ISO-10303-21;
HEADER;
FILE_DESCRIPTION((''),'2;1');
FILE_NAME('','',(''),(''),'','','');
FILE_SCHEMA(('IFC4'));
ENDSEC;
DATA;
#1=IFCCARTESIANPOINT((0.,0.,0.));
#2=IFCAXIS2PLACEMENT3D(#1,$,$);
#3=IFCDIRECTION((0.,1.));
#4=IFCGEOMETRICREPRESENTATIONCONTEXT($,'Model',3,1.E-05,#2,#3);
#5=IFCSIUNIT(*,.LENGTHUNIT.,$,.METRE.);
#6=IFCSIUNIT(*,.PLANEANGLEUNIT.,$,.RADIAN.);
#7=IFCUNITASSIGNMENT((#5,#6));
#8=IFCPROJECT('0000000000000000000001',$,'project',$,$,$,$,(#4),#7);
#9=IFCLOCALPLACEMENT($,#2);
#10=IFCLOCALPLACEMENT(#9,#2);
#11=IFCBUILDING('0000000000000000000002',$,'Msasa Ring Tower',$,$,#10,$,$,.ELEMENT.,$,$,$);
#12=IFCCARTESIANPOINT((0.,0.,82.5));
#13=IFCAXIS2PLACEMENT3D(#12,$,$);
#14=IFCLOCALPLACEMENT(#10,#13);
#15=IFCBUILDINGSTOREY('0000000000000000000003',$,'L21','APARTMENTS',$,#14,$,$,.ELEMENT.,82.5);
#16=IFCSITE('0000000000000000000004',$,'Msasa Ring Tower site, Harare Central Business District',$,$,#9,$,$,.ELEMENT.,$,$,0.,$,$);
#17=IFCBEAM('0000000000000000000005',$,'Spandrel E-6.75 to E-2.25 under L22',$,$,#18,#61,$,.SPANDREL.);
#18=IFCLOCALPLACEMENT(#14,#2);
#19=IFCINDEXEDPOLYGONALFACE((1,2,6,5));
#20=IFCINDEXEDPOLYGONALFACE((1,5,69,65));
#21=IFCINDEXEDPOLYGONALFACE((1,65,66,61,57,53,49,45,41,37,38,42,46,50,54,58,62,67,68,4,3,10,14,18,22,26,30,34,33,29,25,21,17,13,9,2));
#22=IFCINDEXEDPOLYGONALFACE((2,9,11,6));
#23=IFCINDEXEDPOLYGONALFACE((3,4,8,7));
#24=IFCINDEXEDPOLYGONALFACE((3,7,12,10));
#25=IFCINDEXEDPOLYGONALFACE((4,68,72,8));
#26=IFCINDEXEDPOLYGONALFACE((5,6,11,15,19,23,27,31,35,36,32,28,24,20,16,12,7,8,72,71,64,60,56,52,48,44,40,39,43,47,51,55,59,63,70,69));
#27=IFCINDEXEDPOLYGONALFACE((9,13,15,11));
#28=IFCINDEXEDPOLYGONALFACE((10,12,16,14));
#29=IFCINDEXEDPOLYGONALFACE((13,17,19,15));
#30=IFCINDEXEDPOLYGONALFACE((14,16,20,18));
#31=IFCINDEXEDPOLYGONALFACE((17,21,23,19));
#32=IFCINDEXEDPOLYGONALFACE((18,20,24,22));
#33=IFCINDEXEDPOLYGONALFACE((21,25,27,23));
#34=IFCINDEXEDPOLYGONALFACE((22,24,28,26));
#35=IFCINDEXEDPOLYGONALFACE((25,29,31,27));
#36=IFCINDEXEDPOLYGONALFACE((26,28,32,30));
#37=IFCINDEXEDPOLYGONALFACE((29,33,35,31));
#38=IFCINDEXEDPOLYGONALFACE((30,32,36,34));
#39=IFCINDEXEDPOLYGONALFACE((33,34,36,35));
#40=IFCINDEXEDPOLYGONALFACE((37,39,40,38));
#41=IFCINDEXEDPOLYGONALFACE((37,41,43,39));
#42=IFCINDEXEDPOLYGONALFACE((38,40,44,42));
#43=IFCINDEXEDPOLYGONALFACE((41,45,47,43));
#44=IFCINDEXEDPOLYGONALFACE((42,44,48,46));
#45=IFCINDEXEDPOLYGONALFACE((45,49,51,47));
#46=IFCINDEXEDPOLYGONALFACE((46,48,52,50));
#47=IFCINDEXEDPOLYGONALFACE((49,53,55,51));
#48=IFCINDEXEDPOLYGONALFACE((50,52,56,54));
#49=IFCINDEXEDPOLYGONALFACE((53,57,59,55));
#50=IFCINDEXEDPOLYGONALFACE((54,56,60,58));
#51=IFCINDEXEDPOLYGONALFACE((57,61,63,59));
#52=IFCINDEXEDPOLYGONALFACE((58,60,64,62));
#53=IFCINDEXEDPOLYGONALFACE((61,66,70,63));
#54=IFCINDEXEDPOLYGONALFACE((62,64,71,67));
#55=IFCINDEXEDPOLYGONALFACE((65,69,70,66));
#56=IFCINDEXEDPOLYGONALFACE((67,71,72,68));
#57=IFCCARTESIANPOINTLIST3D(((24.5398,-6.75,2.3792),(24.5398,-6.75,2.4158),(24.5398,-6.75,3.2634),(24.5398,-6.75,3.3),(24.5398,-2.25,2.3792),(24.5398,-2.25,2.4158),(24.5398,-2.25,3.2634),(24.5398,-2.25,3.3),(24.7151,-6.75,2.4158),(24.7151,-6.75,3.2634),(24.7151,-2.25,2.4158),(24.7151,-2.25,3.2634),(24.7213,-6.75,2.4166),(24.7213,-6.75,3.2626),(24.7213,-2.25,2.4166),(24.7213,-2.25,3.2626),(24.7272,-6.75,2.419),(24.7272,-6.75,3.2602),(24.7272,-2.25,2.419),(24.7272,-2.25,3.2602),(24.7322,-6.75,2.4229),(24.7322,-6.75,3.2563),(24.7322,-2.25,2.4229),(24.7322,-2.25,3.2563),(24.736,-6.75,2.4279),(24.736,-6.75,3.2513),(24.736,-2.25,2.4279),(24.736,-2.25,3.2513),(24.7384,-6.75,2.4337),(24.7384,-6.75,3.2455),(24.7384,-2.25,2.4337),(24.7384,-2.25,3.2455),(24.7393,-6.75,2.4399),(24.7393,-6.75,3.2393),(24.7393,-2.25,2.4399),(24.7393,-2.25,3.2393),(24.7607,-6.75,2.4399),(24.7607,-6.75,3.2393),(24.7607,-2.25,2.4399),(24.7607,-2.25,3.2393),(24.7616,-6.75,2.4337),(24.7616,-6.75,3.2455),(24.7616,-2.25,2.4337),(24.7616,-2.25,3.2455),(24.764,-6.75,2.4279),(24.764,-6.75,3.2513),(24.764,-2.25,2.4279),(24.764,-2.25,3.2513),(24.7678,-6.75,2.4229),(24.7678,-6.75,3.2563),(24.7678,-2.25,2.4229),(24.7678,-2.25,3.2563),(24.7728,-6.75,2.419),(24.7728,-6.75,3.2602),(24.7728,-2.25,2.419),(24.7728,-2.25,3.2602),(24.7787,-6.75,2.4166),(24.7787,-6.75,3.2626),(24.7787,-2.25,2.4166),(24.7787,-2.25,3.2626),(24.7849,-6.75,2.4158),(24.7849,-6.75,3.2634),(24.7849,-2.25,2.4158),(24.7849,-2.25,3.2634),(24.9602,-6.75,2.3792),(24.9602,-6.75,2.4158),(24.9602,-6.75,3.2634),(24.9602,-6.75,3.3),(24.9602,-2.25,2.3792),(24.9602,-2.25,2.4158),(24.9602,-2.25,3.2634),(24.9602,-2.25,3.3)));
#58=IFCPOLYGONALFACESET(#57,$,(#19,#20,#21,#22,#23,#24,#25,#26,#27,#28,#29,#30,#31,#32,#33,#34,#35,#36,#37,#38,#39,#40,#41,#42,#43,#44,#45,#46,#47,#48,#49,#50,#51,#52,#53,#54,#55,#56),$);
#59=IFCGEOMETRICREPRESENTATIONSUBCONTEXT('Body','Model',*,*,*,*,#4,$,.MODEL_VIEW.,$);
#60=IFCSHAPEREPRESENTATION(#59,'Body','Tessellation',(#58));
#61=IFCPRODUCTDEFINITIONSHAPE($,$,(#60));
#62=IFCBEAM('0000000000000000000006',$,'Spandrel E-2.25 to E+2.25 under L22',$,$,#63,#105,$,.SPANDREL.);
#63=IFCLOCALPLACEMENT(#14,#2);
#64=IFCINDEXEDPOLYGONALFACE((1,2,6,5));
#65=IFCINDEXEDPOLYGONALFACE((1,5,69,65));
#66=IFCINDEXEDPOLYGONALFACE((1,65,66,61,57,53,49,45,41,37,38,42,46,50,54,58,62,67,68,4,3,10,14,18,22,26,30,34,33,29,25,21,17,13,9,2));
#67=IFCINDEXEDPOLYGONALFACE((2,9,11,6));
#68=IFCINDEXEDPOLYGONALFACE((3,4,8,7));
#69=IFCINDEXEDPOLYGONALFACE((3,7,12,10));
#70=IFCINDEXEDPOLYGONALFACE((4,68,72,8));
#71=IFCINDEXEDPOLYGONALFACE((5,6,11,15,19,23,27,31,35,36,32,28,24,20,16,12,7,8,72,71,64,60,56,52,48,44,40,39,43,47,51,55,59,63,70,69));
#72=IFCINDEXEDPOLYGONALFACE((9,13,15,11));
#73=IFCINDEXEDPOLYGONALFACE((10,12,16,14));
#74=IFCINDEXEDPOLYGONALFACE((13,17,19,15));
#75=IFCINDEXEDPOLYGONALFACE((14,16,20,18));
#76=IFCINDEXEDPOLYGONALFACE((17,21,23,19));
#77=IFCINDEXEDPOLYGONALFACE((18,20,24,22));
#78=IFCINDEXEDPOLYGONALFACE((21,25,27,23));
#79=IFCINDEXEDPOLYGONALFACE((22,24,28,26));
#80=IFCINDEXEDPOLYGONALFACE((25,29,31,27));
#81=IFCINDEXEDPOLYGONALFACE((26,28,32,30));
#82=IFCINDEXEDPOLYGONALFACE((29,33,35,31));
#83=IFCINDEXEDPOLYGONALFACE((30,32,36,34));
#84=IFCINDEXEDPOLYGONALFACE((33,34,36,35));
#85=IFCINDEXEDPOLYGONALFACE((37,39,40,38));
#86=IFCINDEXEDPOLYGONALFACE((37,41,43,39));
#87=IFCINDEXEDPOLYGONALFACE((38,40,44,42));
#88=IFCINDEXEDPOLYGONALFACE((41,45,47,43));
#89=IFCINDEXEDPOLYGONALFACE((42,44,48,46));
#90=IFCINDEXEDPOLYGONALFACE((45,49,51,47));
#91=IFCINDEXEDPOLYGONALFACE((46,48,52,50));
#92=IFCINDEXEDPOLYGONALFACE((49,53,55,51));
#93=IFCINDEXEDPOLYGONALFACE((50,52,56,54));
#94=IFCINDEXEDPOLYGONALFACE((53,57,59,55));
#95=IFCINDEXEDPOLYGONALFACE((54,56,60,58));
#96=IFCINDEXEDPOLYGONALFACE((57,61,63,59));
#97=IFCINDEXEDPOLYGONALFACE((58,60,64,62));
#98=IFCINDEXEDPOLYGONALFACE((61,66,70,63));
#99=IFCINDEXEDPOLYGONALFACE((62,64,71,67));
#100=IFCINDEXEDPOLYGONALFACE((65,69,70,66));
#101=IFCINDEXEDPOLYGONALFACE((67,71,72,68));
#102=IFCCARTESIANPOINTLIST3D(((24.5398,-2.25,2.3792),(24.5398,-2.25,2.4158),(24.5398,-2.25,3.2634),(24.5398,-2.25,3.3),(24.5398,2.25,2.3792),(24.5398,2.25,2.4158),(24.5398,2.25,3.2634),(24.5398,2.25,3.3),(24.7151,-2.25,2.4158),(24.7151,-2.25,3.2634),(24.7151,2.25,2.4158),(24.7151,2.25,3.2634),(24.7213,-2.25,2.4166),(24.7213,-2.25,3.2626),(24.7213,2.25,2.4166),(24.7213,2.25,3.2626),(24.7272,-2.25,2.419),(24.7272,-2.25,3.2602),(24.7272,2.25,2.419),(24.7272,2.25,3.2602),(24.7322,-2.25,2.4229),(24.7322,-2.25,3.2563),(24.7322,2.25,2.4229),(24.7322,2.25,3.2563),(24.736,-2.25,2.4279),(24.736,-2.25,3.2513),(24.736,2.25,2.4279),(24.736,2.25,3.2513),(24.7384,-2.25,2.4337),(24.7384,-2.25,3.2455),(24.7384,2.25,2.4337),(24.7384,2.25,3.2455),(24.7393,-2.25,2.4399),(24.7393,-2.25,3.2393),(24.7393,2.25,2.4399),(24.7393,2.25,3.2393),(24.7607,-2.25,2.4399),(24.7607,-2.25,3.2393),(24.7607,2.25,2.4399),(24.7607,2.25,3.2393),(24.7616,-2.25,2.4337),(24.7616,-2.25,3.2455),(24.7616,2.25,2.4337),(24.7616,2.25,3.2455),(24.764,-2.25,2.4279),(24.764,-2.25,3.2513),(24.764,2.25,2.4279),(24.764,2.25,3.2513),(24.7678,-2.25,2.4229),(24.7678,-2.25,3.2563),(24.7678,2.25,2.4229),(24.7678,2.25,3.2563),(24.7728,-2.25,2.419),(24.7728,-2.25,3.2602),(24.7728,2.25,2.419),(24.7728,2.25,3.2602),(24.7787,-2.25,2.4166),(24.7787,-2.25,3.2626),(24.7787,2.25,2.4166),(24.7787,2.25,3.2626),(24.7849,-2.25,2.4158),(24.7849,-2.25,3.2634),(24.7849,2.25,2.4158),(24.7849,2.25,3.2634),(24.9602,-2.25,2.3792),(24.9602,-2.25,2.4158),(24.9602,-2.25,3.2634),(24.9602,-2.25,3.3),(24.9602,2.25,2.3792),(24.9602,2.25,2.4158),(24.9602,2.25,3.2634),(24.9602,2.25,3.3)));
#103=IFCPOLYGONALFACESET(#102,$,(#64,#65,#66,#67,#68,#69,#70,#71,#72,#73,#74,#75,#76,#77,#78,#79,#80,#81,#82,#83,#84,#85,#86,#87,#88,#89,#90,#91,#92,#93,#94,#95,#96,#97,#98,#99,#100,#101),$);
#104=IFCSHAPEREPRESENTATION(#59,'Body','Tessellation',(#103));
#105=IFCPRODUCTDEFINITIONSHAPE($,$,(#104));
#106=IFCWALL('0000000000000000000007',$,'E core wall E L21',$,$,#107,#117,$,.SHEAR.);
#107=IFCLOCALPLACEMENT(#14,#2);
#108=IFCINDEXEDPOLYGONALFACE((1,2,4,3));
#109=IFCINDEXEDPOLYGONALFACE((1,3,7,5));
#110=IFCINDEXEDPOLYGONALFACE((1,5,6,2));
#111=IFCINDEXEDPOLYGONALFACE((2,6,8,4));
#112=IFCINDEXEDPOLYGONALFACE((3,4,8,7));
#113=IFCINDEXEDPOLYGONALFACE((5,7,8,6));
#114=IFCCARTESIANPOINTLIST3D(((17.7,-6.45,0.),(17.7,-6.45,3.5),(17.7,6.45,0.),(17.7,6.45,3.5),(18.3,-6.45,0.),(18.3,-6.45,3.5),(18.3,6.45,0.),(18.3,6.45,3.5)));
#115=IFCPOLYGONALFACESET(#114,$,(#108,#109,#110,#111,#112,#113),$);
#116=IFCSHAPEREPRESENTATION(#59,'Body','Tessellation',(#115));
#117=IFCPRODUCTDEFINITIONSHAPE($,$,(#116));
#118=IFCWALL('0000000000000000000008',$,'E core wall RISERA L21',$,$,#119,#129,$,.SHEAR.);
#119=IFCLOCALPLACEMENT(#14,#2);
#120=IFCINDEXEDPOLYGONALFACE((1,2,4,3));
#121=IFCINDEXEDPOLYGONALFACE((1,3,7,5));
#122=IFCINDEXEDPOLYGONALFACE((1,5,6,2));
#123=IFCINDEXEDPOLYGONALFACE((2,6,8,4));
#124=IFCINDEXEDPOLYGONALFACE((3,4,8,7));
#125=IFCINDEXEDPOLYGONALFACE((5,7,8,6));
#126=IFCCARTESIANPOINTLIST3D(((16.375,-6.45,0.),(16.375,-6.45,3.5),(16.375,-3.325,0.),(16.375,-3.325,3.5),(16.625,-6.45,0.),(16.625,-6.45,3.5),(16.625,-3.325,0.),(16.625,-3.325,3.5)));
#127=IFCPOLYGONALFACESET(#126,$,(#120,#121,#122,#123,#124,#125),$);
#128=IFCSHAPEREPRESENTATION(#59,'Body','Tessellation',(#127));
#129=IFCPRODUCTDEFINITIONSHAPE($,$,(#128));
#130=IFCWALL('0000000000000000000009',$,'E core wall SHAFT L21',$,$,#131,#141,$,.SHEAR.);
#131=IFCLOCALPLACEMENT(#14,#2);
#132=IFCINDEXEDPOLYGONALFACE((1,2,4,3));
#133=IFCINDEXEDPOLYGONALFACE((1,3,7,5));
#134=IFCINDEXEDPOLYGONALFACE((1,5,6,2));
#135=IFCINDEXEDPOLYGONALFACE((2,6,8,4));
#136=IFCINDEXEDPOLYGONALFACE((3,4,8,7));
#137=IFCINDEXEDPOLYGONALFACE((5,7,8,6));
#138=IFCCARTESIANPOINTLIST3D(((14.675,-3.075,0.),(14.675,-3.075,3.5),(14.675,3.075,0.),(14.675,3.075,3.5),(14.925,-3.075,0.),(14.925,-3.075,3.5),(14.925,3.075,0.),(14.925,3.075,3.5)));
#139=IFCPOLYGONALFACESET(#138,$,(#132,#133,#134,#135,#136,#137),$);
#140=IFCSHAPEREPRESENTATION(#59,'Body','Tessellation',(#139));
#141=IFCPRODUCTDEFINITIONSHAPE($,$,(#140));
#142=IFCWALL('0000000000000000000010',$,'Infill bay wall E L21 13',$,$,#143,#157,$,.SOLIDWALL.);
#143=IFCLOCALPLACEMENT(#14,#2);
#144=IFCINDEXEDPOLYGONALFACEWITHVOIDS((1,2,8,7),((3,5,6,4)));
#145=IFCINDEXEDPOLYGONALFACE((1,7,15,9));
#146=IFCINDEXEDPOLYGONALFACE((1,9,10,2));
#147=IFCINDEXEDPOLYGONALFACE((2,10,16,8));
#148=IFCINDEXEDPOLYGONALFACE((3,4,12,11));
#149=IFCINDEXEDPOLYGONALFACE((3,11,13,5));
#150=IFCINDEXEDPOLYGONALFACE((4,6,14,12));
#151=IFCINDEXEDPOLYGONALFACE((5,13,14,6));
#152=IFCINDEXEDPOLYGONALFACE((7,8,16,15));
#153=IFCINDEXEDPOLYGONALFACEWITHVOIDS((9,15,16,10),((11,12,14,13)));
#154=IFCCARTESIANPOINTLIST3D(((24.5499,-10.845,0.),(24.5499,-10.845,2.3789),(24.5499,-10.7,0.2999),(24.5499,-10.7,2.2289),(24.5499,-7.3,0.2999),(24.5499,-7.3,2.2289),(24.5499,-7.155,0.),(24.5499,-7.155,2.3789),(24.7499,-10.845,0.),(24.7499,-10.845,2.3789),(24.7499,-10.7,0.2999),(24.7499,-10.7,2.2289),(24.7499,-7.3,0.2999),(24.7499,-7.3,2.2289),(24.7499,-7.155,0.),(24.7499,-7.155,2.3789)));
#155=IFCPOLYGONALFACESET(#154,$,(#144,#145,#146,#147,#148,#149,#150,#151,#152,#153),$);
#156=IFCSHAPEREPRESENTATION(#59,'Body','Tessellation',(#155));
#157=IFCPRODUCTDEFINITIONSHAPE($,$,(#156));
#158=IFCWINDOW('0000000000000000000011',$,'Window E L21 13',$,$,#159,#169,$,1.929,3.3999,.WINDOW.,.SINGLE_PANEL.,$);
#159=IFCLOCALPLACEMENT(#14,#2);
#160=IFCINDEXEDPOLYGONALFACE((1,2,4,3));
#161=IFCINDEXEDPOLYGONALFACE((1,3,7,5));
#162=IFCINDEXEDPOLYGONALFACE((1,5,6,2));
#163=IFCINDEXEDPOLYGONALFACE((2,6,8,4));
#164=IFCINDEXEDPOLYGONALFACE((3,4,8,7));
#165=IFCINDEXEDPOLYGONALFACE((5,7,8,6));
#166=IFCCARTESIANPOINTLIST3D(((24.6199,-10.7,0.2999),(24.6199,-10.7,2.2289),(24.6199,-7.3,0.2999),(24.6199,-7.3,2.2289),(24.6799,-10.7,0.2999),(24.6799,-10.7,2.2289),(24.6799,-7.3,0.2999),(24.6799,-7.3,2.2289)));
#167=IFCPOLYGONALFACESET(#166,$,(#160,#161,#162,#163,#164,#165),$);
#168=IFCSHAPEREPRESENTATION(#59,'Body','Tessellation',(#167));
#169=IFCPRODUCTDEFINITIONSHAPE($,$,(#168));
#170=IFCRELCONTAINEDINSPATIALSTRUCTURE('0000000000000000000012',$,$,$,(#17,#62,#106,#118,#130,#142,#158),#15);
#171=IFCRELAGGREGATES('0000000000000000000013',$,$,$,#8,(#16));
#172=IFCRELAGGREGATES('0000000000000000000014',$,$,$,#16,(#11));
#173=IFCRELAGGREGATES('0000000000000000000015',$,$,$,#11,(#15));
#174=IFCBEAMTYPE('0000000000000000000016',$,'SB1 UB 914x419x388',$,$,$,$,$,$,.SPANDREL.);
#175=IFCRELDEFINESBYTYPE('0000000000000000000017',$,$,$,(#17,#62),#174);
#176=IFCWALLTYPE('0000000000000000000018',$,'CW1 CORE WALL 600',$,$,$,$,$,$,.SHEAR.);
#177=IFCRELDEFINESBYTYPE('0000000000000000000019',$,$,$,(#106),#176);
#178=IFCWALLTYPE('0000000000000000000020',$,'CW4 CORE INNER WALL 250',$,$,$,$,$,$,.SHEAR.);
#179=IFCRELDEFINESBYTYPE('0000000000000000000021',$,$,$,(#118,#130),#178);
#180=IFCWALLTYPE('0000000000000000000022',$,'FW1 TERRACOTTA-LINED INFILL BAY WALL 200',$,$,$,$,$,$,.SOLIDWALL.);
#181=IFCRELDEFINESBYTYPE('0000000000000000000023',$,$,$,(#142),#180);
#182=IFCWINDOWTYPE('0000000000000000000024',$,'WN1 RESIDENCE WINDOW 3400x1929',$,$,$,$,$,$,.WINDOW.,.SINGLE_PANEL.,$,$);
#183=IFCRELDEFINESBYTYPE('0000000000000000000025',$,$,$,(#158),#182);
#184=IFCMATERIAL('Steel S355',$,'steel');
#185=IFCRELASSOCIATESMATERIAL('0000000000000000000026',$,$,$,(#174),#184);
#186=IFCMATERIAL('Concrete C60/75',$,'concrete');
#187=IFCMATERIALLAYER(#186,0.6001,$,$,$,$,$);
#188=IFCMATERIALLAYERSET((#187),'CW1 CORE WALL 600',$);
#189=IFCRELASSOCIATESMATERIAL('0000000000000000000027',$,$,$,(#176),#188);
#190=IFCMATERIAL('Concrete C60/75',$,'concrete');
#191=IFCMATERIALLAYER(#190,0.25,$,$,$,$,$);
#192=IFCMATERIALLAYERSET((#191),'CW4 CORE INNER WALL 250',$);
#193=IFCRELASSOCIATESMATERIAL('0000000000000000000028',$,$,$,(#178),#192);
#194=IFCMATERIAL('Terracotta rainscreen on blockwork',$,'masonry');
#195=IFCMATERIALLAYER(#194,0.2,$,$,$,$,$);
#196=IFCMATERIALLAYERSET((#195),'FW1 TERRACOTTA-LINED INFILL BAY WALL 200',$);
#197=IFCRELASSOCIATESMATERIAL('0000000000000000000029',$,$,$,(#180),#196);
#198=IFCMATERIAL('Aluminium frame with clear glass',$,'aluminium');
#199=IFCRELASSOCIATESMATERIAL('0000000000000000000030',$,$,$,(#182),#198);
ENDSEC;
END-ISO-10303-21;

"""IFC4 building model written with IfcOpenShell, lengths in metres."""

from ifc_helpers import new_model, si_unit, direction, frame, frame_2d, origin, origin_2d, place, context, subcontext, project, spatial, rectangle, i_section, extrude, material, layer, layer_set, material_profile, profile_set, type_object, element, fill, save


model = new_model("IFC4")

# Units and contexts
model_context = context("Model", 3, precision=1e-05, world=origin(), true_north=direction((0.0, 1.0)))
body_context = subcontext(model_context, "Body", "Model", "MODEL_VIEW")
ifc_project = project(units=[si_unit("LENGTHUNIT", "METRE"), si_unit("PLANEANGLEUNIT", "RADIAN")], contexts=[model_context])

# Site, building, storey
site_placement = place(None, origin())
site = spatial("IfcSite", under=ifc_project, at=site_placement, Name="Msasa Ring Tower site, Harare Central Business District", CompositionType="ELEMENT", RefElevation=0.0)
building_placement = place(site_placement, origin())
building = spatial("IfcBuilding", under=site, at=building_placement, Name="Msasa Ring Tower", CompositionType="ELEMENT")
storey_placement = place(building_placement, frame((0.0, 0.0, 82.5)))
storey = spatial("IfcBuildingStorey", under=building, at=storey_placement, Name="L21", Description="APARTMENTS", CompositionType="ELEMENT", Elevation=82.5)

# Beams
ifc_material_1 = material(Name="Steel S355", Category="steel")
ifc_material_profile_1 = material_profile(ifc_material_1, i_section(OverallWidth=0.4204, OverallDepth=0.9209, WebThickness=0.0215, FlangeThickness=0.0366, FilletRadius=0.0242, at=origin_2d()), Name="UB 914x419x388")
ifc_profile_set_1 = profile_set([ifc_material_profile_1], Name="Steel S355")
beam_type_1 = type_object("IfcBeamType", Name="SB1 UB 914x419x388", PredefinedType="SPANDREL", material=ifc_profile_set_1)
for number, where, z_axis, x_axis, name in (
    (1, (24.75, -6.75, 2.8396), (0.0, 1.0, 0.0), (-1.0, 0.0, 0.0), "Spandrel E-6.75 to E-2.25 under L22"),
    (2, (24.75, -2.25, 2.8396), (0.0, 1.0, 0.0), (-1.0, 0.0, 0.0), "Spandrel E-2.25 to E+2.25 under L22"),
):
    element("IfcBeam", number, at=place(storey_placement, frame(where, z_axis=z_axis, x_axis=x_axis)), inside=storey, type_object=beam_type_1, Name=name, PredefinedType="SPANDREL", context=body_context, shape_type="SweptSolid", body=[
        extrude(i_section(OverallWidth=0.4204, OverallDepth=0.9209, WebThickness=0.0215, FlangeThickness=0.0366, FilletRadius=0.0242, at=origin_2d()), origin(), (0.0, 0.0, 1.0), 4.5),
    ])

# Walls
ifc_material_2 = material(Name="Concrete C60/75", Category="concrete")
ifc_layer_1 = layer(ifc_material_2, 0.6001)
ifc_layer_set_1 = layer_set([ifc_layer_1], Name="CW1 CORE WALL 600")
wall_type_1 = type_object("IfcWallType", Name="CW1 CORE WALL 600", PredefinedType="SHEAR", material=ifc_layer_set_1)
wall_1_placement = place(storey_placement, frame((18.0, -6.45, 0.0), z_axis=(0.0, 0.0, 1.0), x_axis=(0.0, 1.0, 0.0)))
element("IfcWall", 3, at=wall_1_placement, inside=storey, type_object=wall_type_1, Name="E core wall E L21", PredefinedType="SHEAR", context=body_context, shape_type="SweptSolid", body=[
    extrude(rectangle(XDim=12.8999, YDim=0.6001, at=frame_2d((6.45, 0.0))), origin(), (0.0, 0.0, 1.0), 3.5),
])
ifc_material_3 = material(Name="Concrete C60/75", Category="concrete")
ifc_layer_2 = layer(ifc_material_3, 0.25)
ifc_layer_set_2 = layer_set([ifc_layer_2], Name="CW4 CORE INNER WALL 250")
wall_type_2 = type_object("IfcWallType", Name="CW4 CORE INNER WALL 250", PredefinedType="SHEAR", material=ifc_layer_set_2)
wall_2_placement = place(storey_placement, frame((16.5, -6.45, 0.0), z_axis=(0.0, 0.0, 1.0), x_axis=(0.0, 1.0, 0.0)))
element("IfcWall", 4, at=wall_2_placement, inside=storey, type_object=wall_type_2, Name="E core wall RISERA L21", PredefinedType="SHEAR", context=body_context, shape_type="SweptSolid", body=[
    extrude(rectangle(XDim=3.125, YDim=0.25, at=frame_2d((1.5625, 0.0))), origin(), (0.0, 0.0, 1.0), 3.5),
])
wall_3_placement = place(storey_placement, frame((14.8, -3.075, 0.0), z_axis=(0.0, 0.0, 1.0), x_axis=(0.0, 1.0, 0.0)))
element("IfcWall", 5, at=wall_3_placement, inside=storey, type_object=wall_type_2, Name="E core wall SHAFT L21", PredefinedType="SHEAR", context=body_context, shape_type="SweptSolid", body=[
    extrude(rectangle(XDim=6.1499, YDim=0.25, at=frame_2d((3.075, 0.0))), origin(), (0.0, 0.0, 1.0), 3.5),
])

# Wall, opening, window
ifc_material_4 = material(Name="Terracotta rainscreen on blockwork", Category="masonry")
ifc_layer_3 = layer(ifc_material_4, 0.2)
ifc_layer_set_3 = layer_set([ifc_layer_3], Name="FW1 TERRACOTTA-LINED INFILL BAY WALL 200")
wall_type_3 = type_object("IfcWallType", Name="FW1 TERRACOTTA-LINED INFILL BAY WALL 200", PredefinedType="SOLIDWALL", material=ifc_layer_set_3)
wall_4_placement = place(storey_placement, frame((24.6499, -10.845, 0.0), z_axis=(0.0, 0.0, 1.0), x_axis=(0.0, 1.0, 0.0)))
wall_4 = element("IfcWall", 6, at=wall_4_placement, inside=storey, type_object=wall_type_3, Name="Infill bay wall E L21 13", PredefinedType="SOLIDWALL", context=body_context, shape_type="SweptSolid", body=[
    extrude(rectangle(XDim=3.6899, YDim=0.2, at=frame_2d((1.845, 0.0))), origin(), (0.0, 0.0, 1.0), 2.3789),
])
opening_1_placement = place(wall_4_placement, frame((0.145, 0.0, 0.3)))
opening_1 = element("IfcOpeningElement", 7, at=opening_1_placement, cuts=wall_4, PredefinedType="OPENING", context=body_context, shape_type="SweptSolid", body=[
    extrude(rectangle(XDim=3.3999, YDim=1.929, at=frame_2d((1.7, 0.9644))), frame((0.0, 0.1099, 0.0), z_axis=(0.0, -1.0, 0.0), x_axis=(1.0, 0.0, 0.0)), (0.0, 0.0, 1.0), 0.22),
])
ifc_material_5 = material(Name="Aluminium frame with clear glass", Category="aluminium")
window_type = type_object("IfcWindowType", Name="WN1 RESIDENCE WINDOW 3400x1929", PartitioningType="SINGLE_PANEL", PredefinedType="WINDOW", material=ifc_material_5)
window_1_placement = place(opening_1_placement, origin())
window_1 = element("IfcWindow", 8, at=window_1_placement, inside=storey, type_object=window_type, Name="Window E L21 13", OverallHeight=1.929, OverallWidth=3.3999, PartitioningType="SINGLE_PANEL", PredefinedType="WINDOW", context=body_context, shape_type="SweptSolid", body=[
    extrude(rectangle(XDim=3.3999, YDim=1.929, at=frame_2d((1.7, 0.9644))), frame((0.0, 0.03, 0.0), z_axis=(0.0, -1.0, 0.0), x_axis=(1.0, 0.0, 0.0)), (0.0, 0.0, 1.0), 0.0601),
])
fill(opening_1, window_1)

save(model, "model.ifc")
